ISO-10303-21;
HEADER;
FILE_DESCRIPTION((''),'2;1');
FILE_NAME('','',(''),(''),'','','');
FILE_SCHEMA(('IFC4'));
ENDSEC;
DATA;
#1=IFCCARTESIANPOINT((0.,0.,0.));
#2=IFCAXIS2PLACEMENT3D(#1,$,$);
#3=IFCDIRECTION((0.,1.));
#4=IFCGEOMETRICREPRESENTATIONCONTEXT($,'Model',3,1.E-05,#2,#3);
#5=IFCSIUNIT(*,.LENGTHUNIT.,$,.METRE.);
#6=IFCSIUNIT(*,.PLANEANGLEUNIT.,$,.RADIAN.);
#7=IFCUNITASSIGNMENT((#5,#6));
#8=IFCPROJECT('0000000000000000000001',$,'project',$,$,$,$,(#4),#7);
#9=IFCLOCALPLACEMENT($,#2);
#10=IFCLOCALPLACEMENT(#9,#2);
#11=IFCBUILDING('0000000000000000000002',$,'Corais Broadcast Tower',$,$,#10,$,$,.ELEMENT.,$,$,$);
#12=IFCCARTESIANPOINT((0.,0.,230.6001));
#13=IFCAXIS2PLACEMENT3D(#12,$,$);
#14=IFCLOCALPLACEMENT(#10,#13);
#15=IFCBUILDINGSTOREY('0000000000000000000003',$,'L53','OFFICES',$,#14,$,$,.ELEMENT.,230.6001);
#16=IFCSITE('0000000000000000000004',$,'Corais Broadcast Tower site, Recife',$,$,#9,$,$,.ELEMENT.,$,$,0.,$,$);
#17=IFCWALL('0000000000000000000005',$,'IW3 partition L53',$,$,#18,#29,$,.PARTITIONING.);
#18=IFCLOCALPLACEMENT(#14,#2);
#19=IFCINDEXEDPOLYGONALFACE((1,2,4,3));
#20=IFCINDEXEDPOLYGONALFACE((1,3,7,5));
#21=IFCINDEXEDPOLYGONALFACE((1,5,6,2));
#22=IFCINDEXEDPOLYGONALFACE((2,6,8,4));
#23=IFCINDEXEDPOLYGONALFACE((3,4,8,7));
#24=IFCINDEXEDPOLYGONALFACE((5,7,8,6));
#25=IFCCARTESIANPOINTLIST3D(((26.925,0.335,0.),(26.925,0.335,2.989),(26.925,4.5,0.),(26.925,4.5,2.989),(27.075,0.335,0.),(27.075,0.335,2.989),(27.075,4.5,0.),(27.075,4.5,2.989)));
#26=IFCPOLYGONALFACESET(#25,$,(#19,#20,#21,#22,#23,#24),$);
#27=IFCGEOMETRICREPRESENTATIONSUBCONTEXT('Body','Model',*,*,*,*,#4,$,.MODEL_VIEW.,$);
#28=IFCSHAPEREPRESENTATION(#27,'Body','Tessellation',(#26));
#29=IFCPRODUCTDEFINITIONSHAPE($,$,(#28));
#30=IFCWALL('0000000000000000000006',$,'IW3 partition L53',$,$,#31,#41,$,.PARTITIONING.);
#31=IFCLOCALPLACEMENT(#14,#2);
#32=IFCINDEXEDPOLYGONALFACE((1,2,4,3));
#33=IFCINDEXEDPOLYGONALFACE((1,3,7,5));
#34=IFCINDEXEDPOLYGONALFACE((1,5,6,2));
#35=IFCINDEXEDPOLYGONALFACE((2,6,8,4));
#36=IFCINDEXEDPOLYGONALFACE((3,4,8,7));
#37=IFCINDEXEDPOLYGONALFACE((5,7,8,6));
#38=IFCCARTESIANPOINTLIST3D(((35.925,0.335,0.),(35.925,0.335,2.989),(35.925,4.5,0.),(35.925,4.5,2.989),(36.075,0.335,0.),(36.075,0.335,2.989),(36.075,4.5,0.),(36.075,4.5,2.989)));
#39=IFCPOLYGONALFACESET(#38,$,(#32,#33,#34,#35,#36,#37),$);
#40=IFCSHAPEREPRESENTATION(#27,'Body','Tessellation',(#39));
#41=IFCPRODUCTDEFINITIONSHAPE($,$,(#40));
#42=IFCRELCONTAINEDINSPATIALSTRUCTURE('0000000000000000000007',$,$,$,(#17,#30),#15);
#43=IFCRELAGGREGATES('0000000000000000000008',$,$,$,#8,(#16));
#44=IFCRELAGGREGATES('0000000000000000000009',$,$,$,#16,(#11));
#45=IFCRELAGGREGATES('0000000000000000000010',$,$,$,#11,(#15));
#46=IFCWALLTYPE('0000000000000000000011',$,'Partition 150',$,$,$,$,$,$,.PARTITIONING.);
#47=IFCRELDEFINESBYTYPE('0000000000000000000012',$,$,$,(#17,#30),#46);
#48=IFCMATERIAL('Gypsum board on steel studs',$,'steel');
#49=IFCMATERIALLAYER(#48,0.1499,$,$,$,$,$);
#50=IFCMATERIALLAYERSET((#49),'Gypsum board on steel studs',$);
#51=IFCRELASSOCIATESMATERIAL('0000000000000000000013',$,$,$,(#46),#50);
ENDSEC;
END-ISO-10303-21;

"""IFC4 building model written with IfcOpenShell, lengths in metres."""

from ifc_helpers import new_model, si_unit, direction, frame, frame_2d, origin, place, context, subcontext, project, spatial, rectangle, extrude, material, layer, layer_set, type_object, element, save


model = new_model("IFC4")

# Units and contexts
model_context = context("Model", 3, precision=1e-05, world=origin(), true_north=direction((0.0, 1.0)))
body_context = subcontext(model_context, "Body", "Model", "MODEL_VIEW")
ifc_project = project(units=[si_unit("LENGTHUNIT", "METRE"), si_unit("PLANEANGLEUNIT", "RADIAN")], contexts=[model_context])

# Site, building, storey
site_placement = place(None, origin())
site = spatial("IfcSite", under=ifc_project, at=site_placement, Name="Corais Broadcast Tower site, Recife", CompositionType="ELEMENT", RefElevation=0.0)
building_placement = place(site_placement, origin())
building = spatial("IfcBuilding", under=site, at=building_placement, Name="Corais Broadcast Tower", CompositionType="ELEMENT")
storey_placement = place(building_placement, frame((0.0, 0.0, 230.6001)))
storey = spatial("IfcBuildingStorey", under=building, at=storey_placement, Name="L53", Description="OFFICES", CompositionType="ELEMENT", Elevation=230.6001)

# Walls
ifc_material_1 = material(Name="Gypsum board on steel studs", Category="steel")
ifc_layer_1 = layer(ifc_material_1, 0.1499)
ifc_layer_set_1 = layer_set([ifc_layer_1], Name="Gypsum board on steel studs")
wall_type = type_object("IfcWallType", Name="Partition 150", PredefinedType="PARTITIONING", material=ifc_layer_set_1)
for number, where, z_axis, x_axis, name in (
    (1, (27.0, 0.335, 0.0), (0.0, 0.0, 1.0), (0.0, 1.0, 0.0), "IW3 partition L53"),
    (2, (36.0, 0.335, 0.0), (0.0, 0.0, 1.0), (0.0, 1.0, 0.0), "IW3 partition L53"),
):
    element("IfcWall", number, at=place(storey_placement, frame(where, z_axis=z_axis, x_axis=x_axis)), inside=storey, type_object=wall_type, Name=name, PredefinedType="PARTITIONING", context=body_context, shape_type="SweptSolid", body=[
        extrude(rectangle(XDim=4.165, YDim=0.1499, at=frame_2d((2.0825, 0.0))), origin(), (0.0, 0.0, 1.0), 2.989),
    ])

save(model, "model.ifc")
